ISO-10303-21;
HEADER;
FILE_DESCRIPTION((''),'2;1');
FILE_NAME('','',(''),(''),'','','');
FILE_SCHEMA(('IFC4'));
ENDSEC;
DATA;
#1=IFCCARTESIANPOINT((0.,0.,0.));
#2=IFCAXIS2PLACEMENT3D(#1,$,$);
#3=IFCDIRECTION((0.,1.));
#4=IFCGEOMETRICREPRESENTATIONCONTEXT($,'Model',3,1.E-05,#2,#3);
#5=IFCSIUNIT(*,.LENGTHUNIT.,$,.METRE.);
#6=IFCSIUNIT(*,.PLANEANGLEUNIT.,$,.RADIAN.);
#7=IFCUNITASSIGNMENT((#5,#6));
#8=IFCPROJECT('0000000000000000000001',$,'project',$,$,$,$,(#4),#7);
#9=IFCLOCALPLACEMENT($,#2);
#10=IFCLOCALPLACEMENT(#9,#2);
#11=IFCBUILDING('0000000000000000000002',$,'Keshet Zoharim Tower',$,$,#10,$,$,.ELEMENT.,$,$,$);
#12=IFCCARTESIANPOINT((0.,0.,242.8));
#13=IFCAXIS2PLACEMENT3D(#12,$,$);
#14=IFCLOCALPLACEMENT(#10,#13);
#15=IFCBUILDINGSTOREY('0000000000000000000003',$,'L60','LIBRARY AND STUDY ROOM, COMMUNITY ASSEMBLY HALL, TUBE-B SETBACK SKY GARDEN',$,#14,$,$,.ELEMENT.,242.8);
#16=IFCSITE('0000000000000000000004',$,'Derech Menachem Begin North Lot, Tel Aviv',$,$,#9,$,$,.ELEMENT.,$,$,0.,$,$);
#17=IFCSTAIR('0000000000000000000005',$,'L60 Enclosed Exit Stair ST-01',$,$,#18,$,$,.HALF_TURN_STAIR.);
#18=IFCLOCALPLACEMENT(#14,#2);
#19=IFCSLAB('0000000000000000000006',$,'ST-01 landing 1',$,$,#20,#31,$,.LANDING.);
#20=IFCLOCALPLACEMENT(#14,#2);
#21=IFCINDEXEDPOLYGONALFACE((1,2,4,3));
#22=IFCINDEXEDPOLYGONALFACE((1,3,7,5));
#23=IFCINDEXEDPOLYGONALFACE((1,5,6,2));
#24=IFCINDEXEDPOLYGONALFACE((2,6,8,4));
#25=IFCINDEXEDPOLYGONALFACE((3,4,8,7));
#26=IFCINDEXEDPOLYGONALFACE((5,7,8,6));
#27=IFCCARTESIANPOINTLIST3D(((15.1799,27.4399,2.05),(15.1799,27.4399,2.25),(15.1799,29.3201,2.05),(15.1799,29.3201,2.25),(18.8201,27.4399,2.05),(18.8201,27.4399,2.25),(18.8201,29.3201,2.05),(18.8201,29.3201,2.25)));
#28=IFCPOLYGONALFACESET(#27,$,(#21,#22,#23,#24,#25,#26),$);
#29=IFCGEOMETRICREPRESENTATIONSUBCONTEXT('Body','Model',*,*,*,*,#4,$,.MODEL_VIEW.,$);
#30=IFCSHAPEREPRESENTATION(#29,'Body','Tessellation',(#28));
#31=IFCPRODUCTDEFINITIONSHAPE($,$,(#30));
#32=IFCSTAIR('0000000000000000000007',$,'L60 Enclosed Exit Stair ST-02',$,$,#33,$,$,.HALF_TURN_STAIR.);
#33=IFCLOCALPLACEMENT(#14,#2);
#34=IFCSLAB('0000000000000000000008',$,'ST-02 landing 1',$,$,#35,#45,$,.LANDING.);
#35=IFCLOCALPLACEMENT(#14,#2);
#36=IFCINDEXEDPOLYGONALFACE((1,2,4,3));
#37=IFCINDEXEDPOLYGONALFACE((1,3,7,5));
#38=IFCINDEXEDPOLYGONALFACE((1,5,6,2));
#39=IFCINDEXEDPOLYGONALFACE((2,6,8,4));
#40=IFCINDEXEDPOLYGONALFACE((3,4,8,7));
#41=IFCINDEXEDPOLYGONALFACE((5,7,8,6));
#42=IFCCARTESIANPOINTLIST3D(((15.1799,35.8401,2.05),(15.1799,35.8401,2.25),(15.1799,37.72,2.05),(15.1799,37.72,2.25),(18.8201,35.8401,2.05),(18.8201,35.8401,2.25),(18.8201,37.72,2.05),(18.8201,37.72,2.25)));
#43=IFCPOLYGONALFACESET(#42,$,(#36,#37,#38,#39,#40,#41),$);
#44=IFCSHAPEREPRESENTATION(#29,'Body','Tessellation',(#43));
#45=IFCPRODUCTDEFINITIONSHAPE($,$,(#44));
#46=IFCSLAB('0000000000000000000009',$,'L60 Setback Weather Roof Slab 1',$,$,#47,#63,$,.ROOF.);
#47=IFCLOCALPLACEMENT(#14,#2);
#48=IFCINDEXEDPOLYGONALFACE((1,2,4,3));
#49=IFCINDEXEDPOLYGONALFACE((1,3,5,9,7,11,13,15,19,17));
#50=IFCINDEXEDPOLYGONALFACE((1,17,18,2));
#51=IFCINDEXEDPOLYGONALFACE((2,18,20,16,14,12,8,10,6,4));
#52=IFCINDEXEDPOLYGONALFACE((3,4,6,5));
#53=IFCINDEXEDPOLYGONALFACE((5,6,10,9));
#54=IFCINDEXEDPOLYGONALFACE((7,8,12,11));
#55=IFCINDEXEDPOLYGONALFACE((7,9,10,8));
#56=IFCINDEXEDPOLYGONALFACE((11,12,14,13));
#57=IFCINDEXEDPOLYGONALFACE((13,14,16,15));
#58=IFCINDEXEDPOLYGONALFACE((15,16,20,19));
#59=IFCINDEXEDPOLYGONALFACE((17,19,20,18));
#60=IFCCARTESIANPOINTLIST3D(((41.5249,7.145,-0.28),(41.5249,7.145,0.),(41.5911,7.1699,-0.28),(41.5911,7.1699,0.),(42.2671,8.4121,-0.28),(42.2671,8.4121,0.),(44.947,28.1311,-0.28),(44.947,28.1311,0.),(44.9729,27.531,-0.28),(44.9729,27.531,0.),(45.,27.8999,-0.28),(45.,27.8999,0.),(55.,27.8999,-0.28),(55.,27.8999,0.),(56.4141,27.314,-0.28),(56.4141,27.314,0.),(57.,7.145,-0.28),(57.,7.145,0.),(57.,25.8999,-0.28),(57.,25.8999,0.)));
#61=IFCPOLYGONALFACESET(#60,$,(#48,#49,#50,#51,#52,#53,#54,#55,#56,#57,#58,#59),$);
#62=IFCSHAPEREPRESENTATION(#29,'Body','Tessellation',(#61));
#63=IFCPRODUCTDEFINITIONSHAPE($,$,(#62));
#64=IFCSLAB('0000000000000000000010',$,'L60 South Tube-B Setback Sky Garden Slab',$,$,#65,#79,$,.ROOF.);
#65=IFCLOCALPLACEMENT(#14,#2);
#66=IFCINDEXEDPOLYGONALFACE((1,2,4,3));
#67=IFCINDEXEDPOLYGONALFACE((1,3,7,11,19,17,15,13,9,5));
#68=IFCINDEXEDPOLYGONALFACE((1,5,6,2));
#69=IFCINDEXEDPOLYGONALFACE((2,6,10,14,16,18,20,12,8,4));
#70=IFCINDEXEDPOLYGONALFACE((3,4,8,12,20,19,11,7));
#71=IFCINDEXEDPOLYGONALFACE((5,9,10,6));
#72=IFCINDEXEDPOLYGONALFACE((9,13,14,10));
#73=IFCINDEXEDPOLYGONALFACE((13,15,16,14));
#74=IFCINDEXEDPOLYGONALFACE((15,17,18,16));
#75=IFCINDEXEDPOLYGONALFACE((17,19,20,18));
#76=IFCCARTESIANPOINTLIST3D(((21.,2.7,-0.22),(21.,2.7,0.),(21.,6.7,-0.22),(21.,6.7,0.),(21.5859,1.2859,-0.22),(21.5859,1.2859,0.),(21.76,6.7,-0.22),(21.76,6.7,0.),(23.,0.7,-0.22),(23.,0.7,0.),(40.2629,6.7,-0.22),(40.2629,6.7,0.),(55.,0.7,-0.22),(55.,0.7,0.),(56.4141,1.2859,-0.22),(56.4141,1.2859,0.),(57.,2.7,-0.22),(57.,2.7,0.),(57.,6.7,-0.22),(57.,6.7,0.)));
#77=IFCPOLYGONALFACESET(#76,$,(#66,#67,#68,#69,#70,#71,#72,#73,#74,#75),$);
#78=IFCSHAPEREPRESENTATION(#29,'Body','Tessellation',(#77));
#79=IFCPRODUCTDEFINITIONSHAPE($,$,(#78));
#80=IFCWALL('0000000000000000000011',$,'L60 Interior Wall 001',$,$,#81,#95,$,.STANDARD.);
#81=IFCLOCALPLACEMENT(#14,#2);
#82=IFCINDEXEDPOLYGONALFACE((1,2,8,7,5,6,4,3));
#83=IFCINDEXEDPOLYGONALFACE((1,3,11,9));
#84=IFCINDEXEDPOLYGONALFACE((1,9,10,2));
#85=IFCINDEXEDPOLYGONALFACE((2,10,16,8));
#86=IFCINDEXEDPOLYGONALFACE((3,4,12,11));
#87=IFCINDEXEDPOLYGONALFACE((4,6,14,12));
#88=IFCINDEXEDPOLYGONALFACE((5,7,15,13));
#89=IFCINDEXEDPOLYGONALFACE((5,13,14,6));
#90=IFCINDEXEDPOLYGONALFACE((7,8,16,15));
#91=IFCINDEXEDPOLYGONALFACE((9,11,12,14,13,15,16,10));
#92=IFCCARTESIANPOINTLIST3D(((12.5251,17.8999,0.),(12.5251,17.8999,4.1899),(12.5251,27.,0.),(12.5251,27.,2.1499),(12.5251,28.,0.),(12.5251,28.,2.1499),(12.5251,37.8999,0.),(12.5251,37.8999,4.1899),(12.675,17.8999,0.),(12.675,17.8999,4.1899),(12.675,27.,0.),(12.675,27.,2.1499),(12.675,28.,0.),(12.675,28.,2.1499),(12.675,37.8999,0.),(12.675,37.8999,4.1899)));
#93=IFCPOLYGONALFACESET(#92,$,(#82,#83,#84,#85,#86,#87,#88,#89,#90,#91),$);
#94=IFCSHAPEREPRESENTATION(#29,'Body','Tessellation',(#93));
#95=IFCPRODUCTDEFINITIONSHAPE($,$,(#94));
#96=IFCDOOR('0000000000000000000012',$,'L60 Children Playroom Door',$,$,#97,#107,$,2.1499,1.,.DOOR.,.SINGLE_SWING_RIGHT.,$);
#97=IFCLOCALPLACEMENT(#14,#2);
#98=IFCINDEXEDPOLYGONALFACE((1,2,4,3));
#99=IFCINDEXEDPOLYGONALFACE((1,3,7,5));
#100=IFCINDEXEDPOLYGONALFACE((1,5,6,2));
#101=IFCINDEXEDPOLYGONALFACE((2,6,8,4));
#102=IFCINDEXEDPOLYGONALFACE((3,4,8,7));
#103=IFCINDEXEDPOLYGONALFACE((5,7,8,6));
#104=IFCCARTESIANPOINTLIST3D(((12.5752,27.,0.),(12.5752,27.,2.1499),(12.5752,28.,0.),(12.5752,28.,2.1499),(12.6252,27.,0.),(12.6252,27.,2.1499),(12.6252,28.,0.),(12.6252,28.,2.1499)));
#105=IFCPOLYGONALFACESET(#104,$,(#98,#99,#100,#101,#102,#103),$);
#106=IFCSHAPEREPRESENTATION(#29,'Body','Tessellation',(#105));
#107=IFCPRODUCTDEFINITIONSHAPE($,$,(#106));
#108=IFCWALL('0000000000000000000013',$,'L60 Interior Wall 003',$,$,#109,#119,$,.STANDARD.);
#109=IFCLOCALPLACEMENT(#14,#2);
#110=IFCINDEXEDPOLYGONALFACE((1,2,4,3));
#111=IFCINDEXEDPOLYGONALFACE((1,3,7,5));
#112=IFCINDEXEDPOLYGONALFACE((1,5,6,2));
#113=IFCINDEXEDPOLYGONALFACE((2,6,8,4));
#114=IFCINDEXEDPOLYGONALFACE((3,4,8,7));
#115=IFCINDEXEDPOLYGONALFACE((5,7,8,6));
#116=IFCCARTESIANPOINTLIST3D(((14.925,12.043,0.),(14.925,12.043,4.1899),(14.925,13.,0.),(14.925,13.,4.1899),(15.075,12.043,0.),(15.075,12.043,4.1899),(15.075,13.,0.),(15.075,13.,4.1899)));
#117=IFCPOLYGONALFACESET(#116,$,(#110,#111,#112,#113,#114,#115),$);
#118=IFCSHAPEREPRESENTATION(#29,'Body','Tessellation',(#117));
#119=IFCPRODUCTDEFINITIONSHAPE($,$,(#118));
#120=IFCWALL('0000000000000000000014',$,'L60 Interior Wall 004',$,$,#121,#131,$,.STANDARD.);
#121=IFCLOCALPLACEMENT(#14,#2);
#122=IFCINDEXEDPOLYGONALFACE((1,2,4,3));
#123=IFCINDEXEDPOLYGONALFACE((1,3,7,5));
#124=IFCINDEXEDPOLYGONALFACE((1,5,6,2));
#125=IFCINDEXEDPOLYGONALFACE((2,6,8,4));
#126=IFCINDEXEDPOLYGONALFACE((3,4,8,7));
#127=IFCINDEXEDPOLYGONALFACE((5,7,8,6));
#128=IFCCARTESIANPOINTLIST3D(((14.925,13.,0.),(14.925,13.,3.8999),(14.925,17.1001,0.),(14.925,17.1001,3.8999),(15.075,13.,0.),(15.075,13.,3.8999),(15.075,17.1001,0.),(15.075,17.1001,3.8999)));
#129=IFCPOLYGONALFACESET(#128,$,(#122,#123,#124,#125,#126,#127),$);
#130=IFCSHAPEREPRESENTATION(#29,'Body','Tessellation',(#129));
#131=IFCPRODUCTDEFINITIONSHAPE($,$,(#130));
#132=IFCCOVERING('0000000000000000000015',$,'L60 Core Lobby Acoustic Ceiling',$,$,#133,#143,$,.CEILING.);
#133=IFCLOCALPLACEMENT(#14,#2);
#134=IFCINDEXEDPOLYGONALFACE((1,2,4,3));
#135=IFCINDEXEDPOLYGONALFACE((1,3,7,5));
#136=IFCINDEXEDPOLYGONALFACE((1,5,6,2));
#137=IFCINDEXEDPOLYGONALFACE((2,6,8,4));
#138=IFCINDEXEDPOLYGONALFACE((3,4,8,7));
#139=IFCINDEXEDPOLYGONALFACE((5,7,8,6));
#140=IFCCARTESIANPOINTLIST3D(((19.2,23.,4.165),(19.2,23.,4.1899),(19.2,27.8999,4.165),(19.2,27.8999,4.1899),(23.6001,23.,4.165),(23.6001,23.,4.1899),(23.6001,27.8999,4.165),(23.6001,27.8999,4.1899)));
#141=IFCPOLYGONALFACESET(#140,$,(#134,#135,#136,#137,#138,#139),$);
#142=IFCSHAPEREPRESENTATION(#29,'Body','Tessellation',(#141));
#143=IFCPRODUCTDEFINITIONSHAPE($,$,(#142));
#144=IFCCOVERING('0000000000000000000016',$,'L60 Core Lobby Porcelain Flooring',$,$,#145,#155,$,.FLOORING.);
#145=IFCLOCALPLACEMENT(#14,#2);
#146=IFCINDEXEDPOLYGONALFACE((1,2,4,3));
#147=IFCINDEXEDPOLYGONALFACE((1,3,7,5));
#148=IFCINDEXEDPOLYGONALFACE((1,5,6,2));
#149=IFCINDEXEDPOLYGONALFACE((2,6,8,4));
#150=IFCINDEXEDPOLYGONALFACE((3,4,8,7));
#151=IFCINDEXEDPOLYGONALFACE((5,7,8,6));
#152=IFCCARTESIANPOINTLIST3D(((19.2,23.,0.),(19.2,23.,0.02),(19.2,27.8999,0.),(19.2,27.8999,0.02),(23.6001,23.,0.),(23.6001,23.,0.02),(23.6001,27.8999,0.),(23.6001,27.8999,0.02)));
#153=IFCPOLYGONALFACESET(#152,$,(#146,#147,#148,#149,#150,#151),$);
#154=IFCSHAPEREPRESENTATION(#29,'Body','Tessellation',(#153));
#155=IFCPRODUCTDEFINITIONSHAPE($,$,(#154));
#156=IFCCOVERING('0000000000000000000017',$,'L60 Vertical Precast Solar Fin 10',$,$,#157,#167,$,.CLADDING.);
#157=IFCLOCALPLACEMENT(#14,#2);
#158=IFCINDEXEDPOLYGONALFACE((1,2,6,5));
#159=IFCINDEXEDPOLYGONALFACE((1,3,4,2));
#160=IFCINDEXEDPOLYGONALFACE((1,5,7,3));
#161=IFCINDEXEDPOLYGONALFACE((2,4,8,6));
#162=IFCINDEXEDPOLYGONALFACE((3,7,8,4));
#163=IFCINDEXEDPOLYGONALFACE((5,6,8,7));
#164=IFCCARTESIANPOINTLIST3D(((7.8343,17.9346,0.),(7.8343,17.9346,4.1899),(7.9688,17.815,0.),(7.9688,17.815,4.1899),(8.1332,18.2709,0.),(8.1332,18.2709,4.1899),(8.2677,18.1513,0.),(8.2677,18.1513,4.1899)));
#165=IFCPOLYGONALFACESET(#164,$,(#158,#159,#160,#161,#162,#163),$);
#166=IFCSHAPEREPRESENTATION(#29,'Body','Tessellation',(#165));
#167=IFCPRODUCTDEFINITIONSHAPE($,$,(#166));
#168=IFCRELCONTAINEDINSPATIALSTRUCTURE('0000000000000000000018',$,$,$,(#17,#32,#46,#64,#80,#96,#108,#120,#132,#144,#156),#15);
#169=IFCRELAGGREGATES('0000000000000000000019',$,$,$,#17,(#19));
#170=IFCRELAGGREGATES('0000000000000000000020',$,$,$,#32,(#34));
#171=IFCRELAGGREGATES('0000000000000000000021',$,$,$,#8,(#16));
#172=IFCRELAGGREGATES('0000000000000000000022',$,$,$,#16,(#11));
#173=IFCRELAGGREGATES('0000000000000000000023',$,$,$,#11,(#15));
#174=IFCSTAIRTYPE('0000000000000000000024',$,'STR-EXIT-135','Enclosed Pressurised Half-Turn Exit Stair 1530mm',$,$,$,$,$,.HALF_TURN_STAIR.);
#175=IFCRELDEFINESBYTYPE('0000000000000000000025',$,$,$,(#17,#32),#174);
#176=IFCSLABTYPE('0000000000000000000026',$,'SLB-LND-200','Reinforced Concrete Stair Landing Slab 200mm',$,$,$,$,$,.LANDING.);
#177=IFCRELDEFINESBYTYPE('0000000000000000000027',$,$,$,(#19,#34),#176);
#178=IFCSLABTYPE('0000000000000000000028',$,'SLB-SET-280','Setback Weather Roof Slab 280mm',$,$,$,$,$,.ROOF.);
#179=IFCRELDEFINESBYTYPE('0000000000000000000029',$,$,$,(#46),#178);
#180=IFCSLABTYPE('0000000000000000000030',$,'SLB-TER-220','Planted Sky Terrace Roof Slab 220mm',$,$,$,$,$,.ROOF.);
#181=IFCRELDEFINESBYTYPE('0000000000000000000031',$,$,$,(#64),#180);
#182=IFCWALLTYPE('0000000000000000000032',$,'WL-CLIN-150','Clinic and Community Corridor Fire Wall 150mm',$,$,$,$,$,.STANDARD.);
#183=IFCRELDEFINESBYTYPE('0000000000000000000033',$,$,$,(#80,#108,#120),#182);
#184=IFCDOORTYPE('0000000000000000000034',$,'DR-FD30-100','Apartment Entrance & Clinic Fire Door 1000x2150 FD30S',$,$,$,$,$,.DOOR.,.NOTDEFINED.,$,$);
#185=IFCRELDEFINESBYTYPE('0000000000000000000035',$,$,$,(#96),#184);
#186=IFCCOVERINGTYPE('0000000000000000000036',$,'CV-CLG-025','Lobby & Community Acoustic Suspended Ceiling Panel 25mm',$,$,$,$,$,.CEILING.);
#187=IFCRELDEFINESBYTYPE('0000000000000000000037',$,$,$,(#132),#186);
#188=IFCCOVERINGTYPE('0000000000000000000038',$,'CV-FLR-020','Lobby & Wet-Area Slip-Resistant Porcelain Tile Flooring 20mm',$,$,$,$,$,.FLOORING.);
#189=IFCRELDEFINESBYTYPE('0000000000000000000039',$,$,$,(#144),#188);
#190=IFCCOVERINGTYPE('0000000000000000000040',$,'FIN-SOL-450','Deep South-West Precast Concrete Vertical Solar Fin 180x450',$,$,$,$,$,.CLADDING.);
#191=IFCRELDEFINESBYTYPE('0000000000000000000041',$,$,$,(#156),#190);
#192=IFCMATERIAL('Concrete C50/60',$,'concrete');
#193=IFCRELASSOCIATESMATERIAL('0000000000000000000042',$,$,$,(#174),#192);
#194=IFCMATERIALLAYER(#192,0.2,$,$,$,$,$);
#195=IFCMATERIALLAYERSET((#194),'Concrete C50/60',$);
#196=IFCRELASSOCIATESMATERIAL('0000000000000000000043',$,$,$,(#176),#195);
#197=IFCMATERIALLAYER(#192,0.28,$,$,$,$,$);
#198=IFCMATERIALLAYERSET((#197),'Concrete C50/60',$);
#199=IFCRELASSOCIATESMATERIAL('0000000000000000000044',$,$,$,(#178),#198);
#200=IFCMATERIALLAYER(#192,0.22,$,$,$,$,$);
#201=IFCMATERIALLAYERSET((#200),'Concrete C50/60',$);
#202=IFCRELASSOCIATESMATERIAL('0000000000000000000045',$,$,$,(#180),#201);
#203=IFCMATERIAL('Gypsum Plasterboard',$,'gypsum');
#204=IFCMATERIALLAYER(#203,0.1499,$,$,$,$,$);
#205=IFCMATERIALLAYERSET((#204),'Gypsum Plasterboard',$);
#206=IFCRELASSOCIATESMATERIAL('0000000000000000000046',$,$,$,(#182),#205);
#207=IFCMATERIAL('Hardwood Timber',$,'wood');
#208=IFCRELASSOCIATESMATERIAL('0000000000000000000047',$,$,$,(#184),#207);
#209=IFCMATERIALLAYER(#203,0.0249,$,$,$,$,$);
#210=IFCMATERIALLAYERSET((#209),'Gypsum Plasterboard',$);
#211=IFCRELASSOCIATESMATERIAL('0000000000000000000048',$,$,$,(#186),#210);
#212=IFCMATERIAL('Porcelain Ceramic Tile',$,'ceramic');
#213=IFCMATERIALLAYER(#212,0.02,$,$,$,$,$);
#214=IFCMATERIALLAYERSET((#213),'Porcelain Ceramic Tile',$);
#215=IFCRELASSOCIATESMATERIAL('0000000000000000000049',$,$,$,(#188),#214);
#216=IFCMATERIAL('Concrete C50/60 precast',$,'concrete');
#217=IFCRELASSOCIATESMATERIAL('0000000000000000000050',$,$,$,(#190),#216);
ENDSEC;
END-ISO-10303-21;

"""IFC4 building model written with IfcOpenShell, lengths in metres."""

from ifc_helpers import new_model, si_unit, direction, frame, frame_2d, origin, origin_2d, place, context, subcontext, project, spatial, polyline, rectangle, outline, extrude, material, layer, layer_set, type_object, element, fill, aggregate, save


model = new_model("IFC4")

# Units and contexts
model_context = context("Model", 3, precision=1e-05, world=origin(), true_north=direction((0.0, 1.0)))
body_context = subcontext(model_context, "Body", "Model", "MODEL_VIEW")
ifc_project = project(units=[si_unit("LENGTHUNIT", "METRE"), si_unit("PLANEANGLEUNIT", "RADIAN")], contexts=[model_context])

# Site, building, storey
site_placement = place(None, origin())
site = spatial("IfcSite", under=ifc_project, at=site_placement, Name="Derech Menachem Begin North Lot, Tel Aviv", CompositionType="ELEMENT", RefElevation=0.0)
building_placement = place(site_placement, origin())
building = spatial("IfcBuilding", under=site, at=building_placement, Name="Keshet Zoharim Tower", CompositionType="ELEMENT")
storey_placement = place(building_placement, frame((0.0, 0.0, 242.8)))
storey = spatial("IfcBuildingStorey", under=building, at=storey_placement, Name="L60", Description="LIBRARY AND STUDY ROOM, COMMUNITY ASSEMBLY HALL, TUBE-B SETBACK SKY GARDEN", CompositionType="ELEMENT", Elevation=242.8)

# Shared definitions
ifc_material_1 = material(Name="Concrete C50/60", Category="concrete")

# Stairs, slabs
stair_type = type_object("IfcStairType", Name="STR-EXIT-135", Description="Enclosed Pressurised Half-Turn Exit Stair 1530mm", PredefinedType="HALF_TURN_STAIR", material=ifc_material_1)
stair_1_placement = place(storey_placement, origin())
stair_1 = element("IfcStair", 1, at=stair_1_placement, inside=storey, type_object=stair_type, Name="L60 Enclosed Exit Stair ST-01", PredefinedType="HALF_TURN_STAIR")
ifc_layer_1 = layer(ifc_material_1, 0.2)
ifc_layer_set_1 = layer_set([ifc_layer_1], Name="Concrete C50/60")
slab_type_1 = type_object("IfcSlabType", Name="SLB-LND-200", Description="Reinforced Concrete Stair Landing Slab 200mm", PredefinedType="LANDING", material=ifc_layer_set_1)
slab_1_placement = place(storey_placement, frame((0.0, 0.0, 2.05)))
slab_1 = element("IfcSlab", 2, at=slab_1_placement, type_object=slab_type_1, Name="ST-01 landing 1", PredefinedType="LANDING", context=body_context, shape_type="SweptSolid", body=[
    extrude(outline(polyline([(15.1799, 27.4399), (18.8201, 27.4399), (18.8201, 29.3201), (15.1799, 29.3201), (15.1799, 27.4399)])), origin(), (0.0, 0.0, 1.0), 0.2),
])
aggregate(stair_1, [slab_1])
stair_2_placement = place(storey_placement, origin())
stair_2 = element("IfcStair", 3, at=stair_2_placement, inside=storey, type_object=stair_type, Name="L60 Enclosed Exit Stair ST-02", PredefinedType="HALF_TURN_STAIR")
slab_2_placement = place(storey_placement, frame((0.0, 0.0, 2.05)))
slab_2 = element("IfcSlab", 4, at=slab_2_placement, type_object=slab_type_1, Name="ST-02 landing 1", PredefinedType="LANDING", context=body_context, shape_type="SweptSolid", body=[
    extrude(outline(polyline([(15.1799, 35.8401), (18.8201, 35.8401), (18.8201, 37.72), (15.1799, 37.72), (15.1799, 35.8401)])), origin(), (0.0, 0.0, 1.0), 0.2),
])
aggregate(stair_2, [slab_2])

# Slabs
ifc_layer_2 = layer(ifc_material_1, 0.28)
ifc_layer_set_2 = layer_set([ifc_layer_2], Name="Concrete C50/60")
slab_type_2 = type_object("IfcSlabType", Name="SLB-SET-280", Description="Setback Weather Roof Slab 280mm", PredefinedType="ROOF", material=ifc_layer_set_2)
slab_3_placement = place(storey_placement, frame((0.0, 0.0, -0.28)))
element("IfcSlab", 5, at=slab_3_placement, inside=storey, type_object=slab_type_2, Name="L60 Setback Weather Roof Slab 1", PredefinedType="ROOF", context=body_context, shape_type="SweptSolid", body=[
    extrude(outline(polyline([(56.4141, 27.314), (57.0, 25.8999), (57.0, 7.145), (41.5249, 7.145), (41.5911, 7.1699), (42.2671, 8.4121), (44.9729, 27.531), (44.947, 28.1311), (45.0, 27.8999), (55.0, 27.8999), (56.4141, 27.314)])), origin(), (0.0, 0.0, 1.0), 0.28),
])
ifc_layer_3 = layer(ifc_material_1, 0.22)
ifc_layer_set_3 = layer_set([ifc_layer_3], Name="Concrete C50/60")
slab_type_3 = type_object("IfcSlabType", Name="SLB-TER-220", Description="Planted Sky Terrace Roof Slab 220mm", PredefinedType="ROOF", material=ifc_layer_set_3)
slab_4_placement = place(storey_placement, frame((0.0, 0.0, -0.22)))
element("IfcSlab", 6, at=slab_4_placement, inside=storey, type_object=slab_type_3, Name="L60 South Tube-B Setback Sky Garden Slab", PredefinedType="ROOF", context=body_context, shape_type="SweptSolid", body=[
    extrude(outline(polyline([(21.76, 6.7), (40.2629, 6.7), (57.0, 6.7), (57.0, 2.7), (56.4141, 1.2859), (55.0, 0.7), (23.0, 0.7), (21.5859, 1.2859), (21.0, 2.7), (21.0, 6.7), (21.76, 6.7)])), origin(), (0.0, 0.0, 1.0), 0.22),
])

# Wall, opening, door
ifc_material_2 = material(Name="Gypsum Plasterboard", Category="gypsum")
ifc_layer_4 = layer(ifc_material_2, 0.1499)
ifc_layer_set_4 = layer_set([ifc_layer_4], Name="Gypsum Plasterboard")
wall_type = type_object("IfcWallType", Name="WL-CLIN-150", Description="Clinic and Community Corridor Fire Wall 150mm", PredefinedType="STANDARD", material=ifc_layer_set_4)
wall_1_placement = place(storey_placement, frame((12.6001, 17.8999, 0.0), z_axis=(0.0, 0.0, 1.0), x_axis=(0.0, 1.0, 0.0)))
wall_1 = element("IfcWall", 7, at=wall_1_placement, inside=storey, type_object=wall_type, Name="L60 Interior Wall 001", PredefinedType="STANDARD", context=body_context, shape_type="SweptSolid", body=[
    extrude(rectangle(XDim=20.0, YDim=0.1499, at=frame_2d((10.0, 0.0))), origin(), (0.0, 0.0, 1.0), 4.1899),
])
opening_placement = place(wall_1_placement, frame((9.1001, 0.0, 0.0)))
opening = element("IfcOpeningElement", 8, at=opening_placement, cuts=wall_1, PredefinedType="OPENING", context=body_context, shape_type="SweptSolid", body=[
    extrude(rectangle(XDim=1.0, YDim=2.1499, at=frame_2d((0.5, 1.075))), frame((0.0, 0.085, 0.0), z_axis=(0.0, -1.0, 0.0), x_axis=(1.0, 0.0, 0.0)), (0.0, 0.0, 1.0), 0.1699),
])
ifc_material_3 = material(Name="Hardwood Timber", Category="wood")
door_type = type_object("IfcDoorType", Name="DR-FD30-100", Description="Apartment Entrance & Clinic Fire Door 1000x2150 FD30S", OperationType="NOTDEFINED", PredefinedType="DOOR", material=ifc_material_3)
door_placement = place(opening_placement, origin())
door = element("IfcDoor", 9, at=door_placement, inside=storey, type_object=door_type, Name="L60 Children Playroom Door", OperationType="SINGLE_SWING_RIGHT", OverallHeight=2.1499, OverallWidth=1.0, PredefinedType="DOOR", context=body_context, shape_type="SweptSolid", body=[
    extrude(rectangle(XDim=1.0, YDim=2.1499, at=frame_2d((0.5, 1.075))), frame((0.0, 0.0249, 0.0), z_axis=(0.0, -1.0, 0.0), x_axis=(1.0, 0.0, 0.0)), (0.0, 0.0, 1.0), 0.05),
])
fill(opening, door)

# Walls
wall_2_placement = place(storey_placement, frame((15.0, 12.043, 0.0), z_axis=(0.0, 0.0, 1.0), x_axis=(0.0, 1.0, 0.0)))
element("IfcWall", 10, at=wall_2_placement, inside=storey, type_object=wall_type, Name="L60 Interior Wall 003", PredefinedType="STANDARD", context=body_context, shape_type="SweptSolid", body=[
    extrude(rectangle(XDim=0.957, YDim=0.1499, at=frame_2d((0.4785, 0.0))), origin(), (0.0, 0.0, 1.0), 4.1899),
])
wall_3_placement = place(storey_placement, frame((15.0, 13.0, 0.0), z_axis=(0.0, 0.0, 1.0), x_axis=(0.0, 1.0, 0.0)))
element("IfcWall", 11, at=wall_3_placement, inside=storey, type_object=wall_type, Name="L60 Interior Wall 004", PredefinedType="STANDARD", context=body_context, shape_type="SweptSolid", body=[
    extrude(rectangle(XDim=4.1001, YDim=0.1499, at=frame_2d((2.05, 0.0))), origin(), (0.0, 0.0, 1.0), 3.8999),
])

# Coverings
ifc_layer_5 = layer(ifc_material_2, 0.0249)
ifc_layer_set_5 = layer_set([ifc_layer_5], Name="Gypsum Plasterboard")
covering_type_1 = type_object("IfcCoveringType", Name="CV-CLG-025", Description="Lobby & Community Acoustic Suspended Ceiling Panel 25mm", PredefinedType="CEILING", material=ifc_layer_set_5)
covering_1_placement = place(storey_placement, frame((0.0, 0.0, 4.165)))
element("IfcCovering", 12, at=covering_1_placement, inside=storey, type_object=covering_type_1, Name="L60 Core Lobby Acoustic Ceiling", PredefinedType="CEILING", context=body_context, shape_type="SweptSolid", body=[
    extrude(outline(polyline([(19.2, 23.0), (23.6001, 23.0), (23.6001, 27.8999), (19.2, 27.8999), (19.2, 23.0)])), origin(), (0.0, 0.0, 1.0), 0.0249),
])
ifc_material_4 = material(Name="Porcelain Ceramic Tile", Category="ceramic")
ifc_layer_6 = layer(ifc_material_4, 0.02)
ifc_layer_set_6 = layer_set([ifc_layer_6], Name="Porcelain Ceramic Tile")
covering_type_2 = type_object("IfcCoveringType", Name="CV-FLR-020", Description="Lobby & Wet-Area Slip-Resistant Porcelain Tile Flooring 20mm", PredefinedType="FLOORING", material=ifc_layer_set_6)
covering_2_placement = place(storey_placement, origin())
element("IfcCovering", 13, at=covering_2_placement, inside=storey, type_object=covering_type_2, Name="L60 Core Lobby Porcelain Flooring", PredefinedType="FLOORING", context=body_context, shape_type="SweptSolid", body=[
    extrude(outline(polyline([(19.2, 23.0), (23.6001, 23.0), (23.6001, 27.8999), (19.2, 27.8999), (19.2, 23.0)])), origin(), (0.0, 0.0, 1.0), 0.02),
])
ifc_material_5 = material(Name="Concrete C50/60 precast", Category="concrete")
covering_type_3 = type_object("IfcCoveringType", Name="FIN-SOL-450", Description="Deep South-West Precast Concrete Vertical Solar Fin 180x450", PredefinedType="CLADDING", material=ifc_material_5)
covering_3_placement = place(storey_placement, frame((8.051, 18.043, 0.0), z_axis=(0.0, 0.0, 1.0), x_axis=(-0.747412, 0.664361, 0.0)))
element("IfcCovering", 14, at=covering_3_placement, inside=storey, type_object=covering_type_3, Name="L60 Vertical Precast Solar Fin 10", PredefinedType="CLADDING", context=body_context, shape_type="SweptSolid", body=[
    extrude(rectangle(XDim=0.1799, YDim=0.45, at=origin_2d()), origin(), (0.0, 0.0, 1.0), 4.1899),
])

save(model, "model.ifc")
